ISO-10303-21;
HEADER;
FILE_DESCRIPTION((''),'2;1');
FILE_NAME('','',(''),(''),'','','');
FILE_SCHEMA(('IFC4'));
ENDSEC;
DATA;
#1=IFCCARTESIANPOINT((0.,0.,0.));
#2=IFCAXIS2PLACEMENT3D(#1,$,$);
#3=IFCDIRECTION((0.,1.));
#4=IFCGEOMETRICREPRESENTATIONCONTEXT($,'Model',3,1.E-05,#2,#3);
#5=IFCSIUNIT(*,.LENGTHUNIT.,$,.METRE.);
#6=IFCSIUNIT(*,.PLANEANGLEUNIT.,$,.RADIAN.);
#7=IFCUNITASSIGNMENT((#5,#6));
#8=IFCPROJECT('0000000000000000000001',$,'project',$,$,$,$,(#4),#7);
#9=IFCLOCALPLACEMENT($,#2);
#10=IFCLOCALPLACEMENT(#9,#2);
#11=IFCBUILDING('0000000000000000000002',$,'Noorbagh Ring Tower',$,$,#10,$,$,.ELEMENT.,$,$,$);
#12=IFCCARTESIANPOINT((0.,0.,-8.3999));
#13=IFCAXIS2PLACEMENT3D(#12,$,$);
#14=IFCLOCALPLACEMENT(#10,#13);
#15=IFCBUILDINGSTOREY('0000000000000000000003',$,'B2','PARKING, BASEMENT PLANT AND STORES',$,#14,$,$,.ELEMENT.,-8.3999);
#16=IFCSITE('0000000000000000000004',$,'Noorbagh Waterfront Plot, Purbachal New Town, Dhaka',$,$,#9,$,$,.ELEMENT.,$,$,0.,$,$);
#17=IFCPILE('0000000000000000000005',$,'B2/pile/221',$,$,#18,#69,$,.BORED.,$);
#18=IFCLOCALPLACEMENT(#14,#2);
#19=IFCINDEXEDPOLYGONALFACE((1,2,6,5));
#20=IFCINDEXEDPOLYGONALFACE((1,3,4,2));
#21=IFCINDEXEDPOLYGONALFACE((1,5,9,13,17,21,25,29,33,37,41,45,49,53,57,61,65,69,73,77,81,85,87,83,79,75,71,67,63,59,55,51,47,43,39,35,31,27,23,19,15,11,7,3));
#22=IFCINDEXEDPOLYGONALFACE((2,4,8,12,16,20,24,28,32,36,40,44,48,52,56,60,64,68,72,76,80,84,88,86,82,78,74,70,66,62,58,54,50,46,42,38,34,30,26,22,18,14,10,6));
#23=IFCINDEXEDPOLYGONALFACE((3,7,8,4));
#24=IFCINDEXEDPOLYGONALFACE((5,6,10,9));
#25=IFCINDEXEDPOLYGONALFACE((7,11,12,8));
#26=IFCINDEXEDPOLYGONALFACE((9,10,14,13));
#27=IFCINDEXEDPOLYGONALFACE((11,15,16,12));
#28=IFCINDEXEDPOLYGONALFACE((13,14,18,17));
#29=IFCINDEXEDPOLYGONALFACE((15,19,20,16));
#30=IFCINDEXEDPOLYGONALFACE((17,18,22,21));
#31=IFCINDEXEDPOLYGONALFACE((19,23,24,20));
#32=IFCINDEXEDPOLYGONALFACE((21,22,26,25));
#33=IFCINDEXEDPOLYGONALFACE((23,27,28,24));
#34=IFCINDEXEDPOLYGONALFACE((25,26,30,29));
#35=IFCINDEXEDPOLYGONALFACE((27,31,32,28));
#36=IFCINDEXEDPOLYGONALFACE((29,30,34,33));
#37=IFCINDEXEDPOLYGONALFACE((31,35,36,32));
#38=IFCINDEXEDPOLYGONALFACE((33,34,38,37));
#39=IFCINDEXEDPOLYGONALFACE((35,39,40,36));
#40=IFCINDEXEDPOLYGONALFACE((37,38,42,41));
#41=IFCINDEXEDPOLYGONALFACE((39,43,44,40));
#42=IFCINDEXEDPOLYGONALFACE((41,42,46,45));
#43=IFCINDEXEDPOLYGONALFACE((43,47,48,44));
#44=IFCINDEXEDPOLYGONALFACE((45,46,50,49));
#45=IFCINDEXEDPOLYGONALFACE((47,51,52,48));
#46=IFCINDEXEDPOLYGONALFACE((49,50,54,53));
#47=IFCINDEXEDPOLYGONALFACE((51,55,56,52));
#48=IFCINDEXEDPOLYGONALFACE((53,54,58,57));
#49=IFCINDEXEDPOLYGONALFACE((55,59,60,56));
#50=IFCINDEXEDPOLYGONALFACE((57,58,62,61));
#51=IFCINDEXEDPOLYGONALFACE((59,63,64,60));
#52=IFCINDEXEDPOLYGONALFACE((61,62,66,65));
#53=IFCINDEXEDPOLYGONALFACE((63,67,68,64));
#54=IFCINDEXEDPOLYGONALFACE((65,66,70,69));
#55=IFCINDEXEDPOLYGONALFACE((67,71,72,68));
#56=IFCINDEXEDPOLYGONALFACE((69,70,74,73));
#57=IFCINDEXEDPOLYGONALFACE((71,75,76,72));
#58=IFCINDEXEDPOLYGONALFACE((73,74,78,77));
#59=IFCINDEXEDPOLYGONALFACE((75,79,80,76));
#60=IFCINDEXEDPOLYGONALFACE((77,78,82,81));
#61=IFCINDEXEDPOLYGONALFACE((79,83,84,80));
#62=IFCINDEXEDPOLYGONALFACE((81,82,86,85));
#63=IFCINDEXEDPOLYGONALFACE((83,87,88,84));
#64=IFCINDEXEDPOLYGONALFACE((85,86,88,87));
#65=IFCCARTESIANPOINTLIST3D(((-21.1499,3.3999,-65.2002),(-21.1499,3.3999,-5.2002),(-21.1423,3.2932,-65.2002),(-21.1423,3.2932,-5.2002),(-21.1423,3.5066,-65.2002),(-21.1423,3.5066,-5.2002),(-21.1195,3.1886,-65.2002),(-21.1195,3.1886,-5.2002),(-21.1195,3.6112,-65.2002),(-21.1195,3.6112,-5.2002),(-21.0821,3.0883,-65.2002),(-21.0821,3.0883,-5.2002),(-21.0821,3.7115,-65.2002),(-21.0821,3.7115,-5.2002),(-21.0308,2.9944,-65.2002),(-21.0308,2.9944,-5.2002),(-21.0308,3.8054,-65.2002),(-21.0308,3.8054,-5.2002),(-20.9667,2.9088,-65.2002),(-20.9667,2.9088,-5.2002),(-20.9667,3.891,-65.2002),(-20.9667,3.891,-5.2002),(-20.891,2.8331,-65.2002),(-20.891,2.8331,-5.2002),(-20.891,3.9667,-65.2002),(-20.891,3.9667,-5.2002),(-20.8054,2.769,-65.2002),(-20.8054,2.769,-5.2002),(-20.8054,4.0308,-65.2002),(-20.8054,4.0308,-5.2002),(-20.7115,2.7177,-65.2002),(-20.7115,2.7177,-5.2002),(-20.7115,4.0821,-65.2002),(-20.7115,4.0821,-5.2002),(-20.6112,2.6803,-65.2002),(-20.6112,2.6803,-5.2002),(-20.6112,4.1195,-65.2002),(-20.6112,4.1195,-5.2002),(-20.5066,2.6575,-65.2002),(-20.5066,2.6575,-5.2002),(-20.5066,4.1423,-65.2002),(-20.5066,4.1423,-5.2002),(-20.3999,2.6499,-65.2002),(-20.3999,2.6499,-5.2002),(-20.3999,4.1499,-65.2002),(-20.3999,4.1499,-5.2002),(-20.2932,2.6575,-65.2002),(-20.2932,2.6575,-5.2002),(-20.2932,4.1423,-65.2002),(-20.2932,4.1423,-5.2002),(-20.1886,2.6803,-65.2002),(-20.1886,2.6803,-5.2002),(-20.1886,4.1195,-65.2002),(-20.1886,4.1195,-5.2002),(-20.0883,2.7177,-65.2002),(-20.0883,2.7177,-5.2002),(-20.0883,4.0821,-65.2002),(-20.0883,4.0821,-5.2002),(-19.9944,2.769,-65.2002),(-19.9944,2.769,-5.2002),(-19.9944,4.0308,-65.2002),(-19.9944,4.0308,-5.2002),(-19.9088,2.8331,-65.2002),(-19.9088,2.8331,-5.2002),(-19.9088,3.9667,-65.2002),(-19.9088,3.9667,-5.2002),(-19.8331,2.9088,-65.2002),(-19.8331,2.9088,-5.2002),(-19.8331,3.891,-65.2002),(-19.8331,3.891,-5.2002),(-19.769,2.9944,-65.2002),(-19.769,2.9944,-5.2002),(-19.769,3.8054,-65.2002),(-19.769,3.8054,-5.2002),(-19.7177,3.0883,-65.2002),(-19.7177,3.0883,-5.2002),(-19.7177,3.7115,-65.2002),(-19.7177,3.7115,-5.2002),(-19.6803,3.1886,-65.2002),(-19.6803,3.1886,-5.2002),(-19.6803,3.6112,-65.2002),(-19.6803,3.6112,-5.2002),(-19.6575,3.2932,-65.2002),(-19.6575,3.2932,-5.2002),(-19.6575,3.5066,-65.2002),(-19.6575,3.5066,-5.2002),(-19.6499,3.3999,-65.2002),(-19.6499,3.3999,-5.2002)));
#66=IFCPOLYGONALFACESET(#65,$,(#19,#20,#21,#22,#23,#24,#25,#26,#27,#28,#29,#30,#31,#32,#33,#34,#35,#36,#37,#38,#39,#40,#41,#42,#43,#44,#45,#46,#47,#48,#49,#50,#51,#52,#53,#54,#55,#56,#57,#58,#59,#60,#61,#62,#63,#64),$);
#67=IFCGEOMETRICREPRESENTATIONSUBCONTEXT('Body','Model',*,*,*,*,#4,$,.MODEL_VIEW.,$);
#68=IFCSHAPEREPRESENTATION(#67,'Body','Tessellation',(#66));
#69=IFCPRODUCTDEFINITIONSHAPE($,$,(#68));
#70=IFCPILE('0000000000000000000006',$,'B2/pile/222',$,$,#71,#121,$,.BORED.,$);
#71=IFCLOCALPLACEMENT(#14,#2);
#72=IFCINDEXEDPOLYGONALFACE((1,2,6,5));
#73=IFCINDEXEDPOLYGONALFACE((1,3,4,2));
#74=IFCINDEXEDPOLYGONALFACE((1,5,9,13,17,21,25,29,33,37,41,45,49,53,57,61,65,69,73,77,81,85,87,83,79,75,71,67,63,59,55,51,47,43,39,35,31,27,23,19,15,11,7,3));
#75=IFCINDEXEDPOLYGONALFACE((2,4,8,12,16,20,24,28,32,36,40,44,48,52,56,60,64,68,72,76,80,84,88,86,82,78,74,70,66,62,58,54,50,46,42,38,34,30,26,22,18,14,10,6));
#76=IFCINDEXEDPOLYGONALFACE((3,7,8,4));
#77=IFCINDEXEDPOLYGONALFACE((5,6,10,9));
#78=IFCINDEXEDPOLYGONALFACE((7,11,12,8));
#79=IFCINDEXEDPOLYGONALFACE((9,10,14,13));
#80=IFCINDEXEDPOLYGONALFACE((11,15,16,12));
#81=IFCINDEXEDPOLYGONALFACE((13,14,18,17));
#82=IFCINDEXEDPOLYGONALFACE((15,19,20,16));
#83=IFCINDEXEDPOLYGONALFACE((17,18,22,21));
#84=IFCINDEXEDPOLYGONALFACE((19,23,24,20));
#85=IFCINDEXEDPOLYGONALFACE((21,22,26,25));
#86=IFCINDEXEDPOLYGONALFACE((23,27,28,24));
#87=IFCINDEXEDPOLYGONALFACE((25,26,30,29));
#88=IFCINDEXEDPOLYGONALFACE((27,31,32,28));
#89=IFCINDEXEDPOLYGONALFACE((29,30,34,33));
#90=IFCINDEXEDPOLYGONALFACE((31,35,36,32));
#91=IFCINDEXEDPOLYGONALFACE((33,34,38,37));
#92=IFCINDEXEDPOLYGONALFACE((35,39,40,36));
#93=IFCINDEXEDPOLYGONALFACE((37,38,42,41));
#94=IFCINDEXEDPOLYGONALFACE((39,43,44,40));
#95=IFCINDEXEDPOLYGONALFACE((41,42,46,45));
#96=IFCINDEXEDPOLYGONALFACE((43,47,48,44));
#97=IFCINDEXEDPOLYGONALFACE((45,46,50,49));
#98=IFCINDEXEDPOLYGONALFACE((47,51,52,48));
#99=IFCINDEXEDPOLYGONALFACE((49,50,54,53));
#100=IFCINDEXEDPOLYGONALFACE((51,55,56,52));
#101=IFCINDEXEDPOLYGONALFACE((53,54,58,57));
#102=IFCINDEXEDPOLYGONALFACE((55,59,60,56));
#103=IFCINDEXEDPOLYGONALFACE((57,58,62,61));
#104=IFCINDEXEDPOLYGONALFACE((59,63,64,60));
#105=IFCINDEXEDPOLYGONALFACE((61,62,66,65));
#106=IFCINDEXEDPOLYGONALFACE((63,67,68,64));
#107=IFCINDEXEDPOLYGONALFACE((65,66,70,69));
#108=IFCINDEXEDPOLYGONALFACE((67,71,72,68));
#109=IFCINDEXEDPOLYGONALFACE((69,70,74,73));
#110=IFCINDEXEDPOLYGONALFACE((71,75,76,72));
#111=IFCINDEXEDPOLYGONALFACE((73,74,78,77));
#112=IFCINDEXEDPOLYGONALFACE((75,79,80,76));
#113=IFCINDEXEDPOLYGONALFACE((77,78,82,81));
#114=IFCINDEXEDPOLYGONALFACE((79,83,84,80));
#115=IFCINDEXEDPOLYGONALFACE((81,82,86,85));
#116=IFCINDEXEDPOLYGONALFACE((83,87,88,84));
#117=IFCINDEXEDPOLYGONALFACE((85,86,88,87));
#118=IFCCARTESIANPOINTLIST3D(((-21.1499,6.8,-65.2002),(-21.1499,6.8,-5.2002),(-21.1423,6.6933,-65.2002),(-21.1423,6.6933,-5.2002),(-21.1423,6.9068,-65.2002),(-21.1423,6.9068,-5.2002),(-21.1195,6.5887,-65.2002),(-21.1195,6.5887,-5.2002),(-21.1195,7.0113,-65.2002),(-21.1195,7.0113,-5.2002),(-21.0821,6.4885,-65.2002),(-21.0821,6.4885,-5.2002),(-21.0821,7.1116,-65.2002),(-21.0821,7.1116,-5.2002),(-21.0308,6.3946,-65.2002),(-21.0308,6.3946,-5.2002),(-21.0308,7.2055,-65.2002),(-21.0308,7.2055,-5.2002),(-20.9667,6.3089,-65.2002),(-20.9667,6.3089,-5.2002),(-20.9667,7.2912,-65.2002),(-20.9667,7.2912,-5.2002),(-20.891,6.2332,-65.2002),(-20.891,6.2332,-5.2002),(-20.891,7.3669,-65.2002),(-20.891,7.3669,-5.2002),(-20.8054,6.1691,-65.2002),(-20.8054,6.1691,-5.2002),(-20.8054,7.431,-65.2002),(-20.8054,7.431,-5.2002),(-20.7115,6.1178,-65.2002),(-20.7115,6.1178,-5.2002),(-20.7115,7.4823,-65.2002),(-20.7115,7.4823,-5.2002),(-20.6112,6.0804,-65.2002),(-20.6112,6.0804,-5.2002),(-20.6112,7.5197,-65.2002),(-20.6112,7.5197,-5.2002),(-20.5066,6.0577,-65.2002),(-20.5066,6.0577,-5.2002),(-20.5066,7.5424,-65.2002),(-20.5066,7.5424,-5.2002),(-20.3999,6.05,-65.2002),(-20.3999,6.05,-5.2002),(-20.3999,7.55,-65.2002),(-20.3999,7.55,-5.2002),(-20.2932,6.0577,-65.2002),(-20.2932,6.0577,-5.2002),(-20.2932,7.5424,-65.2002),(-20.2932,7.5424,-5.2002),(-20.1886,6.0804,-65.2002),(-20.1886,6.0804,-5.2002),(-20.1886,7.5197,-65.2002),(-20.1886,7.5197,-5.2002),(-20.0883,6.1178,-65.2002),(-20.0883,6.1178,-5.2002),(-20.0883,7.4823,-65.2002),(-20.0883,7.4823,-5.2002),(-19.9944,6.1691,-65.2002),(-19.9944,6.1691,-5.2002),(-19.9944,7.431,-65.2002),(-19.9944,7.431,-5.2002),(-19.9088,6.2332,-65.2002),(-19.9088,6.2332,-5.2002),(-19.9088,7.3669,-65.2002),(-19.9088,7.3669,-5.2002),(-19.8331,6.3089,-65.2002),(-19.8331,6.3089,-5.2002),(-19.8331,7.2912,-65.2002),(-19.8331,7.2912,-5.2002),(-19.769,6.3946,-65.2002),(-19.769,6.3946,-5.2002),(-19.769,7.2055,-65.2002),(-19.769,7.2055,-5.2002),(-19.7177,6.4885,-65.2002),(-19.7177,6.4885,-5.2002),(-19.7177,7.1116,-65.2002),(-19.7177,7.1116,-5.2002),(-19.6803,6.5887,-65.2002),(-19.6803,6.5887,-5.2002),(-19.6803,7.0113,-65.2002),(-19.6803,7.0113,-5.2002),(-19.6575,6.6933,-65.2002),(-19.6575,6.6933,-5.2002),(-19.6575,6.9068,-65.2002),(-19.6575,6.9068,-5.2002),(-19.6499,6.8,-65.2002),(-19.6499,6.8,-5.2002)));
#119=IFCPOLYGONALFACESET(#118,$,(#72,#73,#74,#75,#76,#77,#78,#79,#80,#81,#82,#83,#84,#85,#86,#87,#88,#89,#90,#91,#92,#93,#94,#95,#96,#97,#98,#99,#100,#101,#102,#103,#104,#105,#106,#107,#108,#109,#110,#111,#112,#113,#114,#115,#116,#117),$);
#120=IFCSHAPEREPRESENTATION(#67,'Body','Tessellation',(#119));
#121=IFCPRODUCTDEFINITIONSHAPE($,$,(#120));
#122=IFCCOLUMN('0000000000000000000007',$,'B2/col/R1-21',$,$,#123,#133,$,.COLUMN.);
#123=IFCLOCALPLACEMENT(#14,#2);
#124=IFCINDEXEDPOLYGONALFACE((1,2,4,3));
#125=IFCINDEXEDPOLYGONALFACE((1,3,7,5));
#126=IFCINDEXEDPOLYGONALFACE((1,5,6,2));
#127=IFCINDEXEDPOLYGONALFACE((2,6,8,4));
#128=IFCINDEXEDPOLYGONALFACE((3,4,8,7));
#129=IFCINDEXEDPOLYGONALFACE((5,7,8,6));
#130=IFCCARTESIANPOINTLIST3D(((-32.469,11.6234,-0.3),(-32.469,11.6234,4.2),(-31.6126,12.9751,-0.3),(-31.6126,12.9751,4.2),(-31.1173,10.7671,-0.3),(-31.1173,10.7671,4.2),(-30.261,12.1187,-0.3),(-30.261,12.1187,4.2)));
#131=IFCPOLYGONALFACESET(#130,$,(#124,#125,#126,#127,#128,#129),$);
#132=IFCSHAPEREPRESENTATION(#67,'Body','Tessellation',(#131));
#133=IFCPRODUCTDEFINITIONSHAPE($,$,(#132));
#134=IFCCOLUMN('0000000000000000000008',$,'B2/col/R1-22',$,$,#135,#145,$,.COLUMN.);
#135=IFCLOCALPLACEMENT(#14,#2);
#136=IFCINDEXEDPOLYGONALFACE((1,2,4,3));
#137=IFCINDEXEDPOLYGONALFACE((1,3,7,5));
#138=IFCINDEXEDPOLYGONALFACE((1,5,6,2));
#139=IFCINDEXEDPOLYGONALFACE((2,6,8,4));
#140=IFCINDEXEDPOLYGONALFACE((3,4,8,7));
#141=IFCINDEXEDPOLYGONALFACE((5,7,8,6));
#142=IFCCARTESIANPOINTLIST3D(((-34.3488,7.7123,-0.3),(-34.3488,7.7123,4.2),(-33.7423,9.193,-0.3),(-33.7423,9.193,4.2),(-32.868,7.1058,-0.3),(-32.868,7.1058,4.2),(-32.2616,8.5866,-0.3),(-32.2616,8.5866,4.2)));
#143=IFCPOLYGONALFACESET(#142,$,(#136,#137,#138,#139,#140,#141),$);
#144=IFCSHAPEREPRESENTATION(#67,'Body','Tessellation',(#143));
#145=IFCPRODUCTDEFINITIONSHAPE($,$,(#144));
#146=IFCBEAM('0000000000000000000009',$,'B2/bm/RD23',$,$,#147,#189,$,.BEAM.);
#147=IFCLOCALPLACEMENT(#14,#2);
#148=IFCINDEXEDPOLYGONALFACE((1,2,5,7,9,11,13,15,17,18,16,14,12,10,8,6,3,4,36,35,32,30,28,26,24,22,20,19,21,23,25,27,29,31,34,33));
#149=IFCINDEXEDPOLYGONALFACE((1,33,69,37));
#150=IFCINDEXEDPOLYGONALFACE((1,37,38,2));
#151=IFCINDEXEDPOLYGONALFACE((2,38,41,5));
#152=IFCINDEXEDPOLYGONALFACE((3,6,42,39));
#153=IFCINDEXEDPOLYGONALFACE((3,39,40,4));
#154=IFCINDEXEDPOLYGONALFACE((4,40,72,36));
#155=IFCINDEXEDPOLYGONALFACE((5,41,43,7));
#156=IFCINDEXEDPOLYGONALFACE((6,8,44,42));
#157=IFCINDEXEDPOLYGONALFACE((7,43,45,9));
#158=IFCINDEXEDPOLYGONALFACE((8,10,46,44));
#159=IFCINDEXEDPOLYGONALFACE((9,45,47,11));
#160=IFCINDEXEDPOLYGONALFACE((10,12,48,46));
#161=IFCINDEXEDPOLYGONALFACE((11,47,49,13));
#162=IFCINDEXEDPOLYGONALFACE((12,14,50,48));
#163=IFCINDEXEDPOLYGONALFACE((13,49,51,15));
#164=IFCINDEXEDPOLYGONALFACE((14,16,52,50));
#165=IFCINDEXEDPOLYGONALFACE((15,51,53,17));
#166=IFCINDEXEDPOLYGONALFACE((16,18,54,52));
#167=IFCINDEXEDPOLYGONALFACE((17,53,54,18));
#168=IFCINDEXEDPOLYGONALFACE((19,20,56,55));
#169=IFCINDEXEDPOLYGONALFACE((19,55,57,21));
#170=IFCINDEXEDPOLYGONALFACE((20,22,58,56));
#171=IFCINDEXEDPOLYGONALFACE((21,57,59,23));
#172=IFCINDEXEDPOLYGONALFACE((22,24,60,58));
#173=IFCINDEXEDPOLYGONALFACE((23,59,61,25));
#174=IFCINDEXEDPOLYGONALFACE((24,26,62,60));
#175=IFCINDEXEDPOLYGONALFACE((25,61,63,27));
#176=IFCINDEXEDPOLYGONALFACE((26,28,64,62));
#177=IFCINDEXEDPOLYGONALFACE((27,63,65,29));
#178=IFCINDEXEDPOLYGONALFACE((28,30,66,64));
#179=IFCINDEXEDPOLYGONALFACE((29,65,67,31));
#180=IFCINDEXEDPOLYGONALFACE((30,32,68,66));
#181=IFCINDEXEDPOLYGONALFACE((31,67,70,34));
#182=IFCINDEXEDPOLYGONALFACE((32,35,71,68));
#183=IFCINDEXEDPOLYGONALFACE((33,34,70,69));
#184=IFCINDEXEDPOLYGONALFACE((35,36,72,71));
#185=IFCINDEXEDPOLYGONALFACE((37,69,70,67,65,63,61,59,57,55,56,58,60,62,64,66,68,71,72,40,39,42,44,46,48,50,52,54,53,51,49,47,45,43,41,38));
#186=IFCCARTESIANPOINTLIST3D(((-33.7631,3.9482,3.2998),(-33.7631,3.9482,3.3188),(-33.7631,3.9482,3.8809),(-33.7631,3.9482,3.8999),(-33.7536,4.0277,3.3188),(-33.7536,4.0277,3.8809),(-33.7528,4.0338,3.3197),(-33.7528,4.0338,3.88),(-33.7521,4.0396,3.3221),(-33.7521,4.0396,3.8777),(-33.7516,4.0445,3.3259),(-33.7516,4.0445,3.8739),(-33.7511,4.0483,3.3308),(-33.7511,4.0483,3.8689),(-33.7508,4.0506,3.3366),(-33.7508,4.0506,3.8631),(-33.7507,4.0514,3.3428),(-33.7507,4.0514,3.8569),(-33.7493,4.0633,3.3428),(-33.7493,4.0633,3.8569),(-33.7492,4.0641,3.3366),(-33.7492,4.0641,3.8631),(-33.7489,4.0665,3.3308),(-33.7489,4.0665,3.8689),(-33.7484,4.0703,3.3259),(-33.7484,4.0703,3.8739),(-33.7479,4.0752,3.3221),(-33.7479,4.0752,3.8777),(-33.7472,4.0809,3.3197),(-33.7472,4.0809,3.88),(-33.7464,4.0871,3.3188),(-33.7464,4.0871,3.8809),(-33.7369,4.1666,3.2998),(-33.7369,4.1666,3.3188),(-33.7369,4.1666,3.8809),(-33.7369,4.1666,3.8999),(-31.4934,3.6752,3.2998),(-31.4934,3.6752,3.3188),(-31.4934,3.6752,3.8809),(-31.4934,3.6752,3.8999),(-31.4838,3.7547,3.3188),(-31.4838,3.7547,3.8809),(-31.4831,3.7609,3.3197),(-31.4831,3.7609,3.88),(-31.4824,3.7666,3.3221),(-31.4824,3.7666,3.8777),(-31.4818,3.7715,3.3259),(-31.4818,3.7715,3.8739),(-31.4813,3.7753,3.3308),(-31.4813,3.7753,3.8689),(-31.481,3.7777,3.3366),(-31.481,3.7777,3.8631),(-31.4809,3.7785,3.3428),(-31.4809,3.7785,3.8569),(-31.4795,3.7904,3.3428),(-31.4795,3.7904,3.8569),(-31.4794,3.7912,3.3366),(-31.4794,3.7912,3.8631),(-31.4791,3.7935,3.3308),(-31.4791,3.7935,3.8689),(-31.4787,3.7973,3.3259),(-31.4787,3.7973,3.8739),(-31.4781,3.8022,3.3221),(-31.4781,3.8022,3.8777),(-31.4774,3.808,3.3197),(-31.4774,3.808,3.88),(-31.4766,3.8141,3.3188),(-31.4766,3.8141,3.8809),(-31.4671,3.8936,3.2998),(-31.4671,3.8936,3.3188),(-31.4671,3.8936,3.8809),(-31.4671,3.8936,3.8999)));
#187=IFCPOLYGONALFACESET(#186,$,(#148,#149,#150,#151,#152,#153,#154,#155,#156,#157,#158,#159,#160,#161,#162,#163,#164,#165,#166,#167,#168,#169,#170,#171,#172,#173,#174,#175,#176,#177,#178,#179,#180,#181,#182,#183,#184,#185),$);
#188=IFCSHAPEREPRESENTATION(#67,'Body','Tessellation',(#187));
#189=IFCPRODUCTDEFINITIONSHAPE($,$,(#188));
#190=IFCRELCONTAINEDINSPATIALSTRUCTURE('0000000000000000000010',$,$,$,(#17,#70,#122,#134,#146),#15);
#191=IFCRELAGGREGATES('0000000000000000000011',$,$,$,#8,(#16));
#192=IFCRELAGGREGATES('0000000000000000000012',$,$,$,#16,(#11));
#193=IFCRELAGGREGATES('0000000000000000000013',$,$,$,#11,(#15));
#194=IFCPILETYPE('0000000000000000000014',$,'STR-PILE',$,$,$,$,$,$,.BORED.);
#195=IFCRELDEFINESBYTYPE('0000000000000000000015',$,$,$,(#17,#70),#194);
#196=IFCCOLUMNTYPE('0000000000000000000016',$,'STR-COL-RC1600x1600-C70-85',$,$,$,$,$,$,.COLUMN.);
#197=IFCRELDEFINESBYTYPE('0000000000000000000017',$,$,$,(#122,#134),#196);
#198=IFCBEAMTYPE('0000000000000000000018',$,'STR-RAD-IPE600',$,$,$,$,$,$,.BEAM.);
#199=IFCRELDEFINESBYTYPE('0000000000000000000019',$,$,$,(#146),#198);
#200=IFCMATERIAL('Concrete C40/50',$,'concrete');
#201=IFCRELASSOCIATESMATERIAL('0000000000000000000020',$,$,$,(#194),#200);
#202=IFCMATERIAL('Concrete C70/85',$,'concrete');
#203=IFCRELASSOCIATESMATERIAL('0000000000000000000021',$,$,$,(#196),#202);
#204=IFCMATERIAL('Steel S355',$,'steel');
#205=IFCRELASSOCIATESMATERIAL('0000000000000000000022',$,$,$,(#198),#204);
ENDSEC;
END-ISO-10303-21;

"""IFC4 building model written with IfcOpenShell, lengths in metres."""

from ifc_helpers import new_model, si_unit, direction, frame, origin, origin_2d, place, context, subcontext, project, spatial, rectangle, circle, i_section, extrude, material, material_profile, profile_set, type_object, element, save


model = new_model("IFC4")

# Units and contexts
model_context = context("Model", 3, precision=1e-05, world=origin(), true_north=direction((0.0, 1.0)))
body_context = subcontext(model_context, "Body", "Model", "MODEL_VIEW")
ifc_project = project(units=[si_unit("LENGTHUNIT", "METRE"), si_unit("PLANEANGLEUNIT", "RADIAN")], contexts=[model_context])

# Site, building, storey
site_placement = place(None, origin())
site = spatial("IfcSite", under=ifc_project, at=site_placement, Name="Noorbagh Waterfront Plot, Purbachal New Town, Dhaka", CompositionType="ELEMENT", RefElevation=0.0)
building_placement = place(site_placement, origin())
building = spatial("IfcBuilding", under=site, at=building_placement, Name="Noorbagh Ring Tower", CompositionType="ELEMENT")
storey_placement = place(building_placement, frame((0.0, 0.0, -8.3999)))
storey = spatial("IfcBuildingStorey", under=building, at=storey_placement, Name="B2", Description="PARKING, BASEMENT PLANT AND STORES", CompositionType="ELEMENT", Elevation=-8.3999)

# Piles
ifc_material_1 = material(Name="Concrete C40/50", Category="concrete")
ifc_material_profile_1 = material_profile(ifc_material_1, circle(Radius=0.75, at=origin_2d()), Name="PILE1500")
ifc_profile_set_1 = profile_set([ifc_material_profile_1], Name="Concrete C40/50")
pile_type = type_object("IfcPileType", Name="STR-PILE", PredefinedType="BORED", material=ifc_profile_set_1)
for number, where, z_axis, x_axis, name in (
    (1, (-20.3999, 3.3999, -5.2002), (0.0, 0.0, -1.0), (1.0, 0.0, 0.0), "B2/pile/221"),
    (2, (-20.3999, 6.8, -5.2002), (0.0, 0.0, -1.0), (1.0, 0.0, 0.0), "B2/pile/222"),
):
    element("IfcPile", number, at=place(storey_placement, frame(where, z_axis=z_axis, x_axis=x_axis)), inside=storey, type_object=pile_type, Name=name, PredefinedType="BORED", context=body_context, shape_type="SweptSolid", body=[
        extrude(circle(Radius=0.75, at=origin_2d()), origin(), (0.0, 0.0, 1.0), 60.0),
    ])

# Columns
ifc_material_2 = material(Name="Concrete C70/85", Category="concrete")
ifc_material_profile_2 = material_profile(ifc_material_2, rectangle(XDim=1.6001, YDim=1.6001, at=origin_2d()), Name="RC1600x1600")
ifc_profile_set_2 = profile_set([ifc_material_profile_2], Name="Concrete C70/85")
column_type = type_object("IfcColumnType", Name="STR-COL-RC1600x1600-C70-85", PredefinedType="COLUMN", material=ifc_profile_set_2)
for number, where, z_axis, x_axis, name in (
    (3, (-31.365, 11.8711, -0.3), (0.0, 0.0, 1.0), (-0.53519, -0.844731, 0.0), "B2/col/R1-21"),
    (4, (-33.3052, 8.1494, -0.3), (0.0, 0.0, 1.0), (-0.378989, -0.925401, 0.0), "B2/col/R1-22"),
):
    element("IfcColumn", number, at=place(storey_placement, frame(where, z_axis=z_axis, x_axis=x_axis)), inside=storey, type_object=column_type, Name=name, PredefinedType="COLUMN", context=body_context, shape_type="SweptSolid", body=[
        extrude(rectangle(XDim=1.6001, YDim=1.6001, at=origin_2d()), origin(), (0.0, 0.0, 1.0), 4.5),
    ])

# Beam
ifc_material_3 = material(Name="Steel S355", Category="steel")
ifc_material_profile_3 = material_profile(ifc_material_3, i_section(OverallWidth=0.22, OverallDepth=0.6001, WebThickness=0.012, FlangeThickness=0.019, FilletRadius=0.0239, at=origin_2d()), Name="IPE600")
ifc_profile_set_3 = profile_set([ifc_material_profile_3], Name="Steel S355")
beam_type_1 = type_object("IfcBeamType", Name="STR-RAD-IPE600", PredefinedType="BEAM", material=ifc_profile_set_3)
beam_1_placement = place(storey_placement, frame((-33.75, 4.0574, 3.5999), z_axis=(0.992847, -0.119394, 0.0), x_axis=(0.119394, 0.992847, 0.0)))
element("IfcBeam", 5, at=beam_1_placement, inside=storey, type_object=beam_type_1, Name="B2/bm/RD23", PredefinedType="BEAM", context=body_context, shape_type="SweptSolid", body=[
    extrude(i_section(OverallWidth=0.22, OverallDepth=0.6001, WebThickness=0.012, FlangeThickness=0.019, FilletRadius=0.0239, at=origin_2d()), origin(), (0.0, 0.0, 1.0), 2.2861),
])

save(model, "model.ifc")
